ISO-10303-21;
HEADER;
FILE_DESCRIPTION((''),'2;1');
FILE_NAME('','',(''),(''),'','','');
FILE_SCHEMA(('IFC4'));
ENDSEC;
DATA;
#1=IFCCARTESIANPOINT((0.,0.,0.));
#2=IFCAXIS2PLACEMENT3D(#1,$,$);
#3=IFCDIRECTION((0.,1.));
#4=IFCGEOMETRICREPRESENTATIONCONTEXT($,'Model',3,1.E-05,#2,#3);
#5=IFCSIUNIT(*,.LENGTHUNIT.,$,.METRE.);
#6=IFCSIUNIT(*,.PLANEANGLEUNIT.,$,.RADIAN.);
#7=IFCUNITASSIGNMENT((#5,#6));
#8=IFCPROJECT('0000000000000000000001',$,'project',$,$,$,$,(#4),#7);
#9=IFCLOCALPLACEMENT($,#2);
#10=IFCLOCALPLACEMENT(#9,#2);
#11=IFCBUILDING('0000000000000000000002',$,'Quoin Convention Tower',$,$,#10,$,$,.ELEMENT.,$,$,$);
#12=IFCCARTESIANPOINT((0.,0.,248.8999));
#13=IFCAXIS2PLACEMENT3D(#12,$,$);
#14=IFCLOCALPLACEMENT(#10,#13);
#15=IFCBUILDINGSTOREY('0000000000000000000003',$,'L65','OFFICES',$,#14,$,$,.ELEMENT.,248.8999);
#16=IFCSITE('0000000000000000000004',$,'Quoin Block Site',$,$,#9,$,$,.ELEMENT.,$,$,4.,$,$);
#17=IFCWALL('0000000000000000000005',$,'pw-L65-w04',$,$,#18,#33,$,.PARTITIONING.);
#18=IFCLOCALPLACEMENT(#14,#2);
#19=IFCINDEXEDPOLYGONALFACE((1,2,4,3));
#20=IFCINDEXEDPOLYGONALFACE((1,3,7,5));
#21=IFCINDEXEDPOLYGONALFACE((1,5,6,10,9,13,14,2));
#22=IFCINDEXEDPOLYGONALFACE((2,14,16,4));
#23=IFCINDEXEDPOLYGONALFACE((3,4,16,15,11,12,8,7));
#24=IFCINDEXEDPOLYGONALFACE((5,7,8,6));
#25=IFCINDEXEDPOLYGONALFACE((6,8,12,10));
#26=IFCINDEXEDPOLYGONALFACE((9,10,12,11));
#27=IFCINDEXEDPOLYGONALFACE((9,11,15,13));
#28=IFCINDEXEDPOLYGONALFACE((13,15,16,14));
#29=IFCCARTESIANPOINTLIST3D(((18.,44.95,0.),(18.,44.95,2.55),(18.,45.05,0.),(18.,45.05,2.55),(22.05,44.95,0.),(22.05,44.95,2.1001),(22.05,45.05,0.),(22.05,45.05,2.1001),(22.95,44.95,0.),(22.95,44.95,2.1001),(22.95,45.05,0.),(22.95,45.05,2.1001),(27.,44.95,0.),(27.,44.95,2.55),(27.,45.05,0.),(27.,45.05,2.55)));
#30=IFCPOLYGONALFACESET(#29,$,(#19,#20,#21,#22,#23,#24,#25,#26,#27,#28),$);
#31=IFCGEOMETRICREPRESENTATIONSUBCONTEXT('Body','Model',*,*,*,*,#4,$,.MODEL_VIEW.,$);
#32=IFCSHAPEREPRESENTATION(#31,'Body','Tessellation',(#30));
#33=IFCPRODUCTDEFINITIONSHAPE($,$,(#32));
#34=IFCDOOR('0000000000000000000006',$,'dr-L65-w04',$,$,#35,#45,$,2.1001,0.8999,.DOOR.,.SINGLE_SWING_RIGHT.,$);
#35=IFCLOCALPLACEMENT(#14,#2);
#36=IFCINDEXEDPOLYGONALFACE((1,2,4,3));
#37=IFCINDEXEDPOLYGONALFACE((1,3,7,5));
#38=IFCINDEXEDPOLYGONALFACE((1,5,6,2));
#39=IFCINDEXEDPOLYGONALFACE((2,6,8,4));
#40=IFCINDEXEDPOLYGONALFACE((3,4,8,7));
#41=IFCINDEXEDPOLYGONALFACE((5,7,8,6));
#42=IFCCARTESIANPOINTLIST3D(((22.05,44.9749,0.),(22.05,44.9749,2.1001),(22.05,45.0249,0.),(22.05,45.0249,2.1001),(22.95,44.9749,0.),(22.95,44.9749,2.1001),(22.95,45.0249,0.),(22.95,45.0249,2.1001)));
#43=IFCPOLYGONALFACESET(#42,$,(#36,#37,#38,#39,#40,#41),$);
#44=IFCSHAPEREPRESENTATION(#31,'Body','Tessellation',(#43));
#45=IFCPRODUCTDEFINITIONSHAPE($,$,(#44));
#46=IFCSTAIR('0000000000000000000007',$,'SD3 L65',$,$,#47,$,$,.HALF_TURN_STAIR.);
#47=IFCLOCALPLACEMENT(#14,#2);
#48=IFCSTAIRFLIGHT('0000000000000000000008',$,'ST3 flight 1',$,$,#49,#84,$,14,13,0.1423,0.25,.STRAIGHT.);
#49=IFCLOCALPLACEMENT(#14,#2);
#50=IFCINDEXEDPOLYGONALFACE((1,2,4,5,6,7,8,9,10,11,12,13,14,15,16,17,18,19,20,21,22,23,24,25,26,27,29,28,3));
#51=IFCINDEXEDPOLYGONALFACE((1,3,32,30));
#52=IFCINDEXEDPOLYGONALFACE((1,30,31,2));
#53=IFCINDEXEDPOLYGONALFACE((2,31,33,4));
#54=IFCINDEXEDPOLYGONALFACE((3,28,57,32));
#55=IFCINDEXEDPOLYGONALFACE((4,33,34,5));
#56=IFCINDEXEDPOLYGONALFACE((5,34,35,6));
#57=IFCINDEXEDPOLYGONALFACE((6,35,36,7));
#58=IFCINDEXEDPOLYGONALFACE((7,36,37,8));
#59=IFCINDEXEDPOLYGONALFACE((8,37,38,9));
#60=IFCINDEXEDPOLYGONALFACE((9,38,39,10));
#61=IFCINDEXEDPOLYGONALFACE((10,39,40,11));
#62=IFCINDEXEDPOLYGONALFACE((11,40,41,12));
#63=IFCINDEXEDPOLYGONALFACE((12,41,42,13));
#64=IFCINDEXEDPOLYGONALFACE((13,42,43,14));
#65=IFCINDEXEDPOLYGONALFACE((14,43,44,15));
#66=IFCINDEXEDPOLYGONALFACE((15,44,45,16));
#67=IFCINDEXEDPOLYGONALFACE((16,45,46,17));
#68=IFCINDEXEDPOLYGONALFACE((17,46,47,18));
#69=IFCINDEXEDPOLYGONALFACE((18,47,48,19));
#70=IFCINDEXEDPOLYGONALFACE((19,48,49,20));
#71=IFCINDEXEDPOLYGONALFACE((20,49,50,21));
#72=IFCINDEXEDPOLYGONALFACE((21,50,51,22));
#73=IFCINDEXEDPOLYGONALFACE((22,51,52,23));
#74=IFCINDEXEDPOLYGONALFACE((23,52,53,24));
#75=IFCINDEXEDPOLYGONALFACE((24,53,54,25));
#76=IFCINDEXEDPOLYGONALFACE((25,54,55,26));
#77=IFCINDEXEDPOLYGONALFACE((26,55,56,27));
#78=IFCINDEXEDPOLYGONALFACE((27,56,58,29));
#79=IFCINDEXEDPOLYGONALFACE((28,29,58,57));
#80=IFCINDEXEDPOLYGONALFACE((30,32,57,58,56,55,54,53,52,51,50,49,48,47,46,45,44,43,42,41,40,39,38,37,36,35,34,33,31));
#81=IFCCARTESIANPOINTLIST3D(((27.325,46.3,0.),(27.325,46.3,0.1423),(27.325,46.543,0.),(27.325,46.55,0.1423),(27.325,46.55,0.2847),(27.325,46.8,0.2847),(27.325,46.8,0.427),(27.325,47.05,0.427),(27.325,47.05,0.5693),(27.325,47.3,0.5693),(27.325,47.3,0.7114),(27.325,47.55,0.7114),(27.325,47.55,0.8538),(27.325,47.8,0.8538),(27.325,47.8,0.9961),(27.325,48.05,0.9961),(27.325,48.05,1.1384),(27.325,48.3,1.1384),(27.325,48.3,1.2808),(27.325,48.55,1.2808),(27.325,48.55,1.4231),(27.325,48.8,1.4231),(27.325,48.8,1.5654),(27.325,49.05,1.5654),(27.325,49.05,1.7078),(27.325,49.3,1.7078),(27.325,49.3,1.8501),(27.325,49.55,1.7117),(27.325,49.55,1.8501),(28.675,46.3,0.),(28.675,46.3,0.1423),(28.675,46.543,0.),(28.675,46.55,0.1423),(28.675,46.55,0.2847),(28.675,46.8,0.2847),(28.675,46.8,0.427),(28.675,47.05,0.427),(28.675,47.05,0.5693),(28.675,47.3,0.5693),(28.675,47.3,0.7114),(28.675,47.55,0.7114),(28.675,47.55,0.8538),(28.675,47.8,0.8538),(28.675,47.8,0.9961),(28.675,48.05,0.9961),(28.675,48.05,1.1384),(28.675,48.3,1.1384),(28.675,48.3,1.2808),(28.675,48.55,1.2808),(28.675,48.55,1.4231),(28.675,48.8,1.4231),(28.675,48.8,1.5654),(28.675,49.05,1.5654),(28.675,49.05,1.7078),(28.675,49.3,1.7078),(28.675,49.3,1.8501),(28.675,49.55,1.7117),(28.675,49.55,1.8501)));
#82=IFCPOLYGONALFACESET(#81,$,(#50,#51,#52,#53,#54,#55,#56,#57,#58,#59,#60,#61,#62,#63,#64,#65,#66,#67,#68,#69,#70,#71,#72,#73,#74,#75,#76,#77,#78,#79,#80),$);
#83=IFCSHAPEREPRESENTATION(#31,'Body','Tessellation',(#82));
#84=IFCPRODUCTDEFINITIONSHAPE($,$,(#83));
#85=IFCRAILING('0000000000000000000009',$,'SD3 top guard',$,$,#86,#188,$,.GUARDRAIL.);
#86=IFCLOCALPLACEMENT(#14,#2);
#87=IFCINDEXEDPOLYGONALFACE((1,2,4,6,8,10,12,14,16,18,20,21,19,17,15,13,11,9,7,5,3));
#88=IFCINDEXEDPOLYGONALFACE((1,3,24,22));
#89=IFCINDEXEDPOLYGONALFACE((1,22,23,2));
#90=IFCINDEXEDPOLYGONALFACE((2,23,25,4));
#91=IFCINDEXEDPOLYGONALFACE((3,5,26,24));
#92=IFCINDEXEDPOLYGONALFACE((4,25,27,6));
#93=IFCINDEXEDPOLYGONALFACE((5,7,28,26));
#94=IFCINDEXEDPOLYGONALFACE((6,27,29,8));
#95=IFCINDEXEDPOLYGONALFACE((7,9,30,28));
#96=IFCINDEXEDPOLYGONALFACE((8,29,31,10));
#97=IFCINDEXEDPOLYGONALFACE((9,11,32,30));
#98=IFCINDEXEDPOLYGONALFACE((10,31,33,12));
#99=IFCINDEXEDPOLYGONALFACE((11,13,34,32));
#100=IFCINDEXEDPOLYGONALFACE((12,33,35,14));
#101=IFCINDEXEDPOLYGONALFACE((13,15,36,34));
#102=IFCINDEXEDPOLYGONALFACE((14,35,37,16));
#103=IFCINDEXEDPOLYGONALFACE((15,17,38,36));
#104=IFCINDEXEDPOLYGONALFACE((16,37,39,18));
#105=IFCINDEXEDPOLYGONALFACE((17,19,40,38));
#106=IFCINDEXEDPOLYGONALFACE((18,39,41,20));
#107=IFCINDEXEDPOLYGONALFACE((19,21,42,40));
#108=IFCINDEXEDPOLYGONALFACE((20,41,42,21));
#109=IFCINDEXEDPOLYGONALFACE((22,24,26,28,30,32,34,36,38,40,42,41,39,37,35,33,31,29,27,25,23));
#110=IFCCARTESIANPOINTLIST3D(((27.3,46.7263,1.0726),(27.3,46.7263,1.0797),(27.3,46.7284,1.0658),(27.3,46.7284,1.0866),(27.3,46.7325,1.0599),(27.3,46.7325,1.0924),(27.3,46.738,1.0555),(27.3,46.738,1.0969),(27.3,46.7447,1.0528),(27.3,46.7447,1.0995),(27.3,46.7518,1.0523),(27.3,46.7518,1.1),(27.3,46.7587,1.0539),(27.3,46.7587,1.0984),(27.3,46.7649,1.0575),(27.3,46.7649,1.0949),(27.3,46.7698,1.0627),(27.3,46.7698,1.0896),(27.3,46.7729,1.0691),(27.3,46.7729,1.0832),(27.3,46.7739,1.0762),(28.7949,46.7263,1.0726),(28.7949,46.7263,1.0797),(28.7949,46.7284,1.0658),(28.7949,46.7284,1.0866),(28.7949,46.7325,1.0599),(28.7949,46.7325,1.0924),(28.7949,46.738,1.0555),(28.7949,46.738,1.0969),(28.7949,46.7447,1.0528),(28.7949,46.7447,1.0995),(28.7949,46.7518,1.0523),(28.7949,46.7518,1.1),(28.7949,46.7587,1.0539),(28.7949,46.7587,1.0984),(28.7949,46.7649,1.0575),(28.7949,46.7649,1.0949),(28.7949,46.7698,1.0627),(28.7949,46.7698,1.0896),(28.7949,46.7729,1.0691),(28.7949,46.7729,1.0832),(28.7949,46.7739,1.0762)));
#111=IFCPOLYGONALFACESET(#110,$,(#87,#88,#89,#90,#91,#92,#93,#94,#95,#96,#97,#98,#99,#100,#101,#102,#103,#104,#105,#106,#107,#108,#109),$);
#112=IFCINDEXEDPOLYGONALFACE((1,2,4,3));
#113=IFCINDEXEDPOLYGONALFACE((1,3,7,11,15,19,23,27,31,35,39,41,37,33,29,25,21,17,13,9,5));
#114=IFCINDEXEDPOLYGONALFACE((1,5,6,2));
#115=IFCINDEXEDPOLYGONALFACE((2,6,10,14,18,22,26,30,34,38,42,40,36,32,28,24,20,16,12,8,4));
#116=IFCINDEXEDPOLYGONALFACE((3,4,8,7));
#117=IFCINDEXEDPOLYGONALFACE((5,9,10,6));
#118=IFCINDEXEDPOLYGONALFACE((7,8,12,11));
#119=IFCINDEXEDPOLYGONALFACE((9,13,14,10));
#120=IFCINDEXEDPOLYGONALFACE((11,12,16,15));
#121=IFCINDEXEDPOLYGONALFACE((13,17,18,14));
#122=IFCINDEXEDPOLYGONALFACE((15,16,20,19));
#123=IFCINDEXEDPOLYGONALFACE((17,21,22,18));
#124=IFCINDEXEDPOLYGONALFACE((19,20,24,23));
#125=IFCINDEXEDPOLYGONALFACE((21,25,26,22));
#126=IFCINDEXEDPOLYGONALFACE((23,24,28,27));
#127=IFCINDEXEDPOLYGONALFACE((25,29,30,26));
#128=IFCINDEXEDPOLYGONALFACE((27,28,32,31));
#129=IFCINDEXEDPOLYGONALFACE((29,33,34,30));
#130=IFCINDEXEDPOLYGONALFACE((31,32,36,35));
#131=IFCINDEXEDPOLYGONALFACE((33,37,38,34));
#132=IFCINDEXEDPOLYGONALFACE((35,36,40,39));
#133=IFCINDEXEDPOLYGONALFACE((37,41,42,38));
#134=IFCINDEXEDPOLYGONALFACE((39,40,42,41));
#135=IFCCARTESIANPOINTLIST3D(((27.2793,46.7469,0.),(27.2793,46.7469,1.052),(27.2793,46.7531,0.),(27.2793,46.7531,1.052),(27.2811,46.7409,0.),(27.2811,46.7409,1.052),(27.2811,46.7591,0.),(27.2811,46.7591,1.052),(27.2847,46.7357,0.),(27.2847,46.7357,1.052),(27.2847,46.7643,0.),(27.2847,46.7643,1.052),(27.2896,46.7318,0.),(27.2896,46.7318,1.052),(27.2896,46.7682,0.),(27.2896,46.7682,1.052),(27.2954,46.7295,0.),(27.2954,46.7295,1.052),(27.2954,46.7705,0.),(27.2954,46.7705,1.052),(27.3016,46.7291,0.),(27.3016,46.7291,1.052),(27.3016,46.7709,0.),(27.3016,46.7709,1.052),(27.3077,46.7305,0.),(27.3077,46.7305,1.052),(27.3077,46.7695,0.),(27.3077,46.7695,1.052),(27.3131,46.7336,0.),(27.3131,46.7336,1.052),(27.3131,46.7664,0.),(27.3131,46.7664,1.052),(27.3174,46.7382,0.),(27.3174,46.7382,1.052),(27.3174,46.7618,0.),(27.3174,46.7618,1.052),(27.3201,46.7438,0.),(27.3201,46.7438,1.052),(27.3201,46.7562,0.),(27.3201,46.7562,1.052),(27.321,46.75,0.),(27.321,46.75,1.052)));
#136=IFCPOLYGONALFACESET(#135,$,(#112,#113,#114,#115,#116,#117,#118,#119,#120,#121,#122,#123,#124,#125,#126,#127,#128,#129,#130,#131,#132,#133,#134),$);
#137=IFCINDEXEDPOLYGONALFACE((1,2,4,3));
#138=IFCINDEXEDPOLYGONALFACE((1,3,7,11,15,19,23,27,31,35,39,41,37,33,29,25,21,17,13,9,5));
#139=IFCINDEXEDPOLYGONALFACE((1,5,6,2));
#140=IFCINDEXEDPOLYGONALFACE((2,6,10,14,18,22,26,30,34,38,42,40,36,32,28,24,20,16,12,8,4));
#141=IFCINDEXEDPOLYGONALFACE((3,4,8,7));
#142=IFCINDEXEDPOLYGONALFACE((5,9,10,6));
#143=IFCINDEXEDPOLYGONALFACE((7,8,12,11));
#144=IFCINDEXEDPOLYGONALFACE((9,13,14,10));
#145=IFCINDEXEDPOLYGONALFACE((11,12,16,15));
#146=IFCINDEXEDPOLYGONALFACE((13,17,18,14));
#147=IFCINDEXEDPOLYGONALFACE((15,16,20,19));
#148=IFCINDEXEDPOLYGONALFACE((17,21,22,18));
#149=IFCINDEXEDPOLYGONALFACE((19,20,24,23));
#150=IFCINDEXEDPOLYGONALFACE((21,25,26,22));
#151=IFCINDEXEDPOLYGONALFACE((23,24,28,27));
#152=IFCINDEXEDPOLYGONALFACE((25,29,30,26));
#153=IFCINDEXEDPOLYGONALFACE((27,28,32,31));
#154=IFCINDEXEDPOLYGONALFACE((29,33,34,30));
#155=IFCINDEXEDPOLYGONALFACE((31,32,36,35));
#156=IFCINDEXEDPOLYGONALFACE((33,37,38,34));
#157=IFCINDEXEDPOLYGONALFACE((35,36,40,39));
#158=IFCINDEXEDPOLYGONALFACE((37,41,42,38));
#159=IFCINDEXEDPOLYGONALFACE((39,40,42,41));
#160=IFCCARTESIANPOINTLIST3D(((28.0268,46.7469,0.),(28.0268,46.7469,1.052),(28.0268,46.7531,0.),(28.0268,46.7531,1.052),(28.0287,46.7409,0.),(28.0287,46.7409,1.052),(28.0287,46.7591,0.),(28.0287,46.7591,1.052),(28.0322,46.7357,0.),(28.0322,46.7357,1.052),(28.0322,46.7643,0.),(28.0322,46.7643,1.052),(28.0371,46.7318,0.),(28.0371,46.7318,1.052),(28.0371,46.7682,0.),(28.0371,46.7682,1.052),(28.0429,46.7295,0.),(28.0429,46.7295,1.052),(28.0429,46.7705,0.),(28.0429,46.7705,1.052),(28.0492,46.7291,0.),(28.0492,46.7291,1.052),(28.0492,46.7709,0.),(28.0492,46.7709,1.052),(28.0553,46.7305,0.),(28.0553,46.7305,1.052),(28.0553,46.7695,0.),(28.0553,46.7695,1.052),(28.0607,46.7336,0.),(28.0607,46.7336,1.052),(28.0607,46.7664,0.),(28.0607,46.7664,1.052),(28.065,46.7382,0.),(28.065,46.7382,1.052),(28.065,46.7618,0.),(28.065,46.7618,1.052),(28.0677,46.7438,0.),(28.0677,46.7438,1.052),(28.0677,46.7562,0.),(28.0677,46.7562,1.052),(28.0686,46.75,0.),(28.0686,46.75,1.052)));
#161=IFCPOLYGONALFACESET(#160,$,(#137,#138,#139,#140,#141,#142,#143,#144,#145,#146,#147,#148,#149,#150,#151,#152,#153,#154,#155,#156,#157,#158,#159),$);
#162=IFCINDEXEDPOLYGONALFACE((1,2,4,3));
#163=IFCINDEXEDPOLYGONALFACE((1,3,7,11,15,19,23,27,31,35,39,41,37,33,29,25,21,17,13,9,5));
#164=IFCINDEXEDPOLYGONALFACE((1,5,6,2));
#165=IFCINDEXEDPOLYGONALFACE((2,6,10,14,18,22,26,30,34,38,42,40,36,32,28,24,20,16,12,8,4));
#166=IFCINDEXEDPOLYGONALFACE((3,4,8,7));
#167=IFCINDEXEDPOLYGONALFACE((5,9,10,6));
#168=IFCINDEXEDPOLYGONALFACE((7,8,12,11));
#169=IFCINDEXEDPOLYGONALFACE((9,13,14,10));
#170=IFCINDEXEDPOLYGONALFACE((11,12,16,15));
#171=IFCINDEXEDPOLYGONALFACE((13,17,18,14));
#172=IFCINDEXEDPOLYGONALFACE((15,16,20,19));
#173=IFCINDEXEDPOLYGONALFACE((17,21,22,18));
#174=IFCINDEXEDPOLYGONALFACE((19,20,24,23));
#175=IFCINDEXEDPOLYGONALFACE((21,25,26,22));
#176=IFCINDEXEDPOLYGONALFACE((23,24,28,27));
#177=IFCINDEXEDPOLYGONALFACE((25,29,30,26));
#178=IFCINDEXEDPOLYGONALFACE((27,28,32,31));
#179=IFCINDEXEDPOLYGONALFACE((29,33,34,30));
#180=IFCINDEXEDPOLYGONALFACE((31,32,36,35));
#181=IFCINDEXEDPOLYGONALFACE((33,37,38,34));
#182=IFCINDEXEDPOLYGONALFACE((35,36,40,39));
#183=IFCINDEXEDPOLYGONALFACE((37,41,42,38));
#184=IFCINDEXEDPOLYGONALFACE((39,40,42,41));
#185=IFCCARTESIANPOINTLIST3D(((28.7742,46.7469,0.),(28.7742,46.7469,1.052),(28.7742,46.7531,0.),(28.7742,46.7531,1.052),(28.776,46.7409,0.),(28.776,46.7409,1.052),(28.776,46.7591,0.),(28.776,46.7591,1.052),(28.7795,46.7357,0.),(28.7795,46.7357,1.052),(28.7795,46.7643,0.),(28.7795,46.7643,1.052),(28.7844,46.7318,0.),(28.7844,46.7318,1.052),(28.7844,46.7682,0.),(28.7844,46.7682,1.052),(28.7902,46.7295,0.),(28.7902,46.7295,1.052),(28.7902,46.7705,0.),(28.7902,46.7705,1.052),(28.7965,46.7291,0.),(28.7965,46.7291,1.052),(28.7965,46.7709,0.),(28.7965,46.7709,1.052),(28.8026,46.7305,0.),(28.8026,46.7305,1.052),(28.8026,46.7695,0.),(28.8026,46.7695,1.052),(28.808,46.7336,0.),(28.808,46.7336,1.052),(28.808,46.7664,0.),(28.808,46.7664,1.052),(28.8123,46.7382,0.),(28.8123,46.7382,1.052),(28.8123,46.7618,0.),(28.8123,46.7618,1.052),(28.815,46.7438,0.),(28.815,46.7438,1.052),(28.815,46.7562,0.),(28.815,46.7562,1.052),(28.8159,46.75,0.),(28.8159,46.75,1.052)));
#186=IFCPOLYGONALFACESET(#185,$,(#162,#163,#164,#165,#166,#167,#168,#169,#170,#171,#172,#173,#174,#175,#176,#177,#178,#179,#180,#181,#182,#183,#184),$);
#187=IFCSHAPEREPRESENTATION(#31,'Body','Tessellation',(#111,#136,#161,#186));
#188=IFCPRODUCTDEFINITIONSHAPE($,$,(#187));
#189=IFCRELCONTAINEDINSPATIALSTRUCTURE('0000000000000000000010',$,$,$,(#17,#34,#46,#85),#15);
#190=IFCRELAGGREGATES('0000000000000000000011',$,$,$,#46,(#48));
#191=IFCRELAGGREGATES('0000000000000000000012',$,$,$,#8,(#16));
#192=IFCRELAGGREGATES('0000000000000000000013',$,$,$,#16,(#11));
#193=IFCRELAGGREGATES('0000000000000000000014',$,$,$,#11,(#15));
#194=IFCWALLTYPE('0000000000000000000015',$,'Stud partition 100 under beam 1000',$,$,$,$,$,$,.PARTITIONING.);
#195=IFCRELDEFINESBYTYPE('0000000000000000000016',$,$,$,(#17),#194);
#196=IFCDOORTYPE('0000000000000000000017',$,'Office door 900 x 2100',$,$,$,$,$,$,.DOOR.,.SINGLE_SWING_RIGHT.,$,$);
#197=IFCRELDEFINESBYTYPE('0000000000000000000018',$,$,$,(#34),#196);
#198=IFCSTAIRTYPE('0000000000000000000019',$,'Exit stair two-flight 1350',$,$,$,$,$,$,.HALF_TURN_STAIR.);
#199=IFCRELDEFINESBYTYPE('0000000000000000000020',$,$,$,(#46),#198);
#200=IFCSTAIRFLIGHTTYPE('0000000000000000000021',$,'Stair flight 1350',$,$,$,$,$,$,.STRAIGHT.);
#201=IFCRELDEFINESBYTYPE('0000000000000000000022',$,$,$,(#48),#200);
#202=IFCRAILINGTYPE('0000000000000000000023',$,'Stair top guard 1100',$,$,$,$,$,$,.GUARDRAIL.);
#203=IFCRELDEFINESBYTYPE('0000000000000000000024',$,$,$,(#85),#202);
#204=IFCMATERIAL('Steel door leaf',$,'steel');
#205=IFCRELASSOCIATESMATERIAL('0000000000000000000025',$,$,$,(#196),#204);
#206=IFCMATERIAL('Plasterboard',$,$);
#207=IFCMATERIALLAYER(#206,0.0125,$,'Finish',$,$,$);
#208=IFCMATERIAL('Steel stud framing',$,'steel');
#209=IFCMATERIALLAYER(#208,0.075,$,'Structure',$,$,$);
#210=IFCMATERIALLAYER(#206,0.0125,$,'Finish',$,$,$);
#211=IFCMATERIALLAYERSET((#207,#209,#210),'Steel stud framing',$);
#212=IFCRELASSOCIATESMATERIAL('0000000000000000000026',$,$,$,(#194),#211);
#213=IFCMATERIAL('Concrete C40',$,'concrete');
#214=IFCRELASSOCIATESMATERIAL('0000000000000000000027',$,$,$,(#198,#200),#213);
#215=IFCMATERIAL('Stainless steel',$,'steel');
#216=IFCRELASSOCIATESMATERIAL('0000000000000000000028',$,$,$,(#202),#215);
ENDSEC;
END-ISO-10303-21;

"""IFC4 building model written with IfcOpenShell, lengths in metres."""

from ifc_helpers import new_model, si_unit, direction, frame, frame_2d, origin, origin_2d, place, context, subcontext, project, spatial, polyline, rectangle, circle, outline, extrude, material, layer, layer_set, type_object, element, fill, aggregate, save


model = new_model("IFC4")

# Units and contexts
model_context = context("Model", 3, precision=1e-05, world=origin(), true_north=direction((0.0, 1.0)))
body_context = subcontext(model_context, "Body", "Model", "MODEL_VIEW")
ifc_project = project(units=[si_unit("LENGTHUNIT", "METRE"), si_unit("PLANEANGLEUNIT", "RADIAN")], contexts=[model_context])

# Site, building, storey
site_placement = place(None, origin())
site = spatial("IfcSite", under=ifc_project, at=site_placement, Name="Quoin Block Site", CompositionType="ELEMENT", RefElevation=4.0)
building_placement = place(site_placement, origin())
building = spatial("IfcBuilding", under=site, at=building_placement, Name="Quoin Convention Tower", CompositionType="ELEMENT")
storey_placement = place(building_placement, frame((0.0, 0.0, 248.8999)))
storey = spatial("IfcBuildingStorey", under=building, at=storey_placement, Name="L65", Description="OFFICES", CompositionType="ELEMENT", Elevation=248.8999)

# Shared definitions
ifc_material_1 = material(Name="Plasterboard")
ifc_material_2 = material(Name="Steel stud framing", Category="steel")
ifc_material_3 = material(Name="Steel door leaf", Category="steel")
door_type_1 = type_object("IfcDoorType", Name="Office door 900 x 2100", OperationType="SINGLE_SWING_RIGHT", PredefinedType="DOOR", material=ifc_material_3)

# Wall, opening, door
ifc_layer_1 = layer(ifc_material_1, 0.0125, Name="Finish")
ifc_layer_2 = layer(ifc_material_2, 0.075, Name="Structure")
ifc_layer_3 = layer(ifc_material_1, 0.0125, Name="Finish")
ifc_layer_set_1 = layer_set([ifc_layer_1, ifc_layer_2, ifc_layer_3], Name="Steel stud framing")
wall_type_1 = type_object("IfcWallType", Name="Stud partition 100 under beam 1000", PredefinedType="PARTITIONING", material=ifc_layer_set_1)
wall_1_placement = place(storey_placement, frame((18.0, 45.0, 0.0), z_axis=(0.0, 0.0, 1.0), x_axis=(1.0, 0.0, 0.0)))
wall_1 = element("IfcWall", 1, at=wall_1_placement, inside=storey, type_object=wall_type_1, Name="pw-L65-w04", PredefinedType="PARTITIONING", context=body_context, shape_type="SweptSolid", body=[
    extrude(rectangle(XDim=9.0, YDim=0.1001, at=frame_2d((4.5, 0.0))), origin(), (0.0, 0.0, 1.0), 2.55),
])
opening_1_placement = place(wall_1_placement, frame((4.05, 0.0, 0.0)))
opening_1 = element("IfcOpeningElement", 2, at=opening_1_placement, cuts=wall_1, PredefinedType="OPENING", context=body_context, shape_type="SweptSolid", body=[
    extrude(rectangle(XDim=0.8999, YDim=2.1001, at=frame_2d((0.45, 1.05))), frame((0.0, 0.0601, 0.0), z_axis=(0.0, -1.0, 0.0), x_axis=(1.0, 0.0, 0.0)), (0.0, 0.0, 1.0), 0.1201),
])
door_1_placement = place(opening_1_placement, origin())
door_1 = element("IfcDoor", 3, at=door_1_placement, inside=storey, type_object=door_type_1, Name="dr-L65-w04", OperationType="SINGLE_SWING_RIGHT", OverallHeight=2.1001, OverallWidth=0.8999, PredefinedType="DOOR", context=body_context, shape_type="SweptSolid", body=[
    extrude(rectangle(XDim=0.8999, YDim=2.1001, at=frame_2d((0.45, 1.05))), frame((0.0, 0.0249, 0.0), z_axis=(0.0, -1.0, 0.0), x_axis=(1.0, 0.0, 0.0)), (0.0, 0.0, 1.0), 0.05),
])
fill(opening_1, door_1)

# Stair, stair flight
ifc_material_4 = material(Name="Concrete C40", Category="concrete")
stair_type = type_object("IfcStairType", Name="Exit stair two-flight 1350", PredefinedType="HALF_TURN_STAIR", material=ifc_material_4)
stair_placement = place(storey_placement, origin())
stair = element("IfcStair", 4, at=stair_placement, inside=storey, type_object=stair_type, Name="SD3 L65", PredefinedType="HALF_TURN_STAIR")
stair_flight_type = type_object("IfcStairFlightType", Name="Stair flight 1350", PredefinedType="STRAIGHT", material=ifc_material_4)
stair_flight_placement = place(storey_placement, frame((28.0, 46.3, 0.0), z_axis=(0.0, 0.0, 1.0), x_axis=(0.0, 1.0, 0.0)))
stair_flight = element("IfcStairFlight", 5, at=stair_flight_placement, type_object=stair_flight_type, Name="ST3 flight 1", NumberOfRisers=14, NumberOfTreads=13, PredefinedType="STRAIGHT", RiserHeight=0.1423, TreadLength=0.25, context=body_context, shape_type="SweptSolid", body=[
    extrude(outline(polyline([(0.0, 0.0), (0.0, 0.1423), (0.25, 0.1423), (0.25, 0.2847), (0.5, 0.2847), (0.5, 0.427), (0.75, 0.427), (0.75, 0.5693), (1.0, 0.5693), (1.0, 0.7114), (1.25, 0.7114), (1.25, 0.8538), (1.5, 0.8538), (1.5, 0.9961), (1.75, 0.9961), (1.75, 1.1384), (2.0, 1.1384), (2.0, 1.2808), (2.25, 1.2808), (2.25, 1.4231), (2.5, 1.4231), (2.5, 1.5654), (2.75, 1.5654), (2.75, 1.7078), (3.0, 1.7078), (3.0, 1.8501), (3.25, 1.8501), (3.25, 1.9922), (3.25, 1.7117), (0.2429, 0.0), (0.0, 0.0)])), frame((0.0, 0.675, 0.0), z_axis=(0.0, -1.0, 0.0), x_axis=(1.0, 0.0, 0.0)), (0.0, 0.0, 1.0), 1.3501),
])
aggregate(stair, [stair_flight])

# Railing
ifc_material_5 = material(Name="Stainless steel", Category="steel")
railing_type_1 = type_object("IfcRailingType", Name="Stair top guard 1100", PredefinedType="GUARDRAIL", material=ifc_material_5)
railing_1_placement = place(storey_placement, frame((27.3, 46.75, 0.0)))
element("IfcRailing", 6, at=railing_1_placement, inside=storey, type_object=railing_type_1, Name="SD3 top guard", PredefinedType="GUARDRAIL", context=body_context, shape_type="SweptSolid", body=[
    extrude(circle(Radius=0.0239, at=origin_2d()), frame((0.0, 0.0, 1.0762), z_axis=(1.0, 0.0, 0.0), x_axis=(0.0, 1.0, 0.0)), (0.0, 0.0, 1.0), 1.4949),
    extrude(circle(Radius=0.021, at=origin_2d()), origin(), (0.0, 0.0, 1.0), 1.052),
    extrude(circle(Radius=0.021, at=origin_2d()), frame((0.7476, 0.0, 0.0)), (0.0, 0.0, 1.0), 1.052),
    extrude(circle(Radius=0.021, at=origin_2d()), frame((1.4949, 0.0, 0.0)), (0.0, 0.0, 1.0), 1.052),
])

save(model, "model.ifc")
